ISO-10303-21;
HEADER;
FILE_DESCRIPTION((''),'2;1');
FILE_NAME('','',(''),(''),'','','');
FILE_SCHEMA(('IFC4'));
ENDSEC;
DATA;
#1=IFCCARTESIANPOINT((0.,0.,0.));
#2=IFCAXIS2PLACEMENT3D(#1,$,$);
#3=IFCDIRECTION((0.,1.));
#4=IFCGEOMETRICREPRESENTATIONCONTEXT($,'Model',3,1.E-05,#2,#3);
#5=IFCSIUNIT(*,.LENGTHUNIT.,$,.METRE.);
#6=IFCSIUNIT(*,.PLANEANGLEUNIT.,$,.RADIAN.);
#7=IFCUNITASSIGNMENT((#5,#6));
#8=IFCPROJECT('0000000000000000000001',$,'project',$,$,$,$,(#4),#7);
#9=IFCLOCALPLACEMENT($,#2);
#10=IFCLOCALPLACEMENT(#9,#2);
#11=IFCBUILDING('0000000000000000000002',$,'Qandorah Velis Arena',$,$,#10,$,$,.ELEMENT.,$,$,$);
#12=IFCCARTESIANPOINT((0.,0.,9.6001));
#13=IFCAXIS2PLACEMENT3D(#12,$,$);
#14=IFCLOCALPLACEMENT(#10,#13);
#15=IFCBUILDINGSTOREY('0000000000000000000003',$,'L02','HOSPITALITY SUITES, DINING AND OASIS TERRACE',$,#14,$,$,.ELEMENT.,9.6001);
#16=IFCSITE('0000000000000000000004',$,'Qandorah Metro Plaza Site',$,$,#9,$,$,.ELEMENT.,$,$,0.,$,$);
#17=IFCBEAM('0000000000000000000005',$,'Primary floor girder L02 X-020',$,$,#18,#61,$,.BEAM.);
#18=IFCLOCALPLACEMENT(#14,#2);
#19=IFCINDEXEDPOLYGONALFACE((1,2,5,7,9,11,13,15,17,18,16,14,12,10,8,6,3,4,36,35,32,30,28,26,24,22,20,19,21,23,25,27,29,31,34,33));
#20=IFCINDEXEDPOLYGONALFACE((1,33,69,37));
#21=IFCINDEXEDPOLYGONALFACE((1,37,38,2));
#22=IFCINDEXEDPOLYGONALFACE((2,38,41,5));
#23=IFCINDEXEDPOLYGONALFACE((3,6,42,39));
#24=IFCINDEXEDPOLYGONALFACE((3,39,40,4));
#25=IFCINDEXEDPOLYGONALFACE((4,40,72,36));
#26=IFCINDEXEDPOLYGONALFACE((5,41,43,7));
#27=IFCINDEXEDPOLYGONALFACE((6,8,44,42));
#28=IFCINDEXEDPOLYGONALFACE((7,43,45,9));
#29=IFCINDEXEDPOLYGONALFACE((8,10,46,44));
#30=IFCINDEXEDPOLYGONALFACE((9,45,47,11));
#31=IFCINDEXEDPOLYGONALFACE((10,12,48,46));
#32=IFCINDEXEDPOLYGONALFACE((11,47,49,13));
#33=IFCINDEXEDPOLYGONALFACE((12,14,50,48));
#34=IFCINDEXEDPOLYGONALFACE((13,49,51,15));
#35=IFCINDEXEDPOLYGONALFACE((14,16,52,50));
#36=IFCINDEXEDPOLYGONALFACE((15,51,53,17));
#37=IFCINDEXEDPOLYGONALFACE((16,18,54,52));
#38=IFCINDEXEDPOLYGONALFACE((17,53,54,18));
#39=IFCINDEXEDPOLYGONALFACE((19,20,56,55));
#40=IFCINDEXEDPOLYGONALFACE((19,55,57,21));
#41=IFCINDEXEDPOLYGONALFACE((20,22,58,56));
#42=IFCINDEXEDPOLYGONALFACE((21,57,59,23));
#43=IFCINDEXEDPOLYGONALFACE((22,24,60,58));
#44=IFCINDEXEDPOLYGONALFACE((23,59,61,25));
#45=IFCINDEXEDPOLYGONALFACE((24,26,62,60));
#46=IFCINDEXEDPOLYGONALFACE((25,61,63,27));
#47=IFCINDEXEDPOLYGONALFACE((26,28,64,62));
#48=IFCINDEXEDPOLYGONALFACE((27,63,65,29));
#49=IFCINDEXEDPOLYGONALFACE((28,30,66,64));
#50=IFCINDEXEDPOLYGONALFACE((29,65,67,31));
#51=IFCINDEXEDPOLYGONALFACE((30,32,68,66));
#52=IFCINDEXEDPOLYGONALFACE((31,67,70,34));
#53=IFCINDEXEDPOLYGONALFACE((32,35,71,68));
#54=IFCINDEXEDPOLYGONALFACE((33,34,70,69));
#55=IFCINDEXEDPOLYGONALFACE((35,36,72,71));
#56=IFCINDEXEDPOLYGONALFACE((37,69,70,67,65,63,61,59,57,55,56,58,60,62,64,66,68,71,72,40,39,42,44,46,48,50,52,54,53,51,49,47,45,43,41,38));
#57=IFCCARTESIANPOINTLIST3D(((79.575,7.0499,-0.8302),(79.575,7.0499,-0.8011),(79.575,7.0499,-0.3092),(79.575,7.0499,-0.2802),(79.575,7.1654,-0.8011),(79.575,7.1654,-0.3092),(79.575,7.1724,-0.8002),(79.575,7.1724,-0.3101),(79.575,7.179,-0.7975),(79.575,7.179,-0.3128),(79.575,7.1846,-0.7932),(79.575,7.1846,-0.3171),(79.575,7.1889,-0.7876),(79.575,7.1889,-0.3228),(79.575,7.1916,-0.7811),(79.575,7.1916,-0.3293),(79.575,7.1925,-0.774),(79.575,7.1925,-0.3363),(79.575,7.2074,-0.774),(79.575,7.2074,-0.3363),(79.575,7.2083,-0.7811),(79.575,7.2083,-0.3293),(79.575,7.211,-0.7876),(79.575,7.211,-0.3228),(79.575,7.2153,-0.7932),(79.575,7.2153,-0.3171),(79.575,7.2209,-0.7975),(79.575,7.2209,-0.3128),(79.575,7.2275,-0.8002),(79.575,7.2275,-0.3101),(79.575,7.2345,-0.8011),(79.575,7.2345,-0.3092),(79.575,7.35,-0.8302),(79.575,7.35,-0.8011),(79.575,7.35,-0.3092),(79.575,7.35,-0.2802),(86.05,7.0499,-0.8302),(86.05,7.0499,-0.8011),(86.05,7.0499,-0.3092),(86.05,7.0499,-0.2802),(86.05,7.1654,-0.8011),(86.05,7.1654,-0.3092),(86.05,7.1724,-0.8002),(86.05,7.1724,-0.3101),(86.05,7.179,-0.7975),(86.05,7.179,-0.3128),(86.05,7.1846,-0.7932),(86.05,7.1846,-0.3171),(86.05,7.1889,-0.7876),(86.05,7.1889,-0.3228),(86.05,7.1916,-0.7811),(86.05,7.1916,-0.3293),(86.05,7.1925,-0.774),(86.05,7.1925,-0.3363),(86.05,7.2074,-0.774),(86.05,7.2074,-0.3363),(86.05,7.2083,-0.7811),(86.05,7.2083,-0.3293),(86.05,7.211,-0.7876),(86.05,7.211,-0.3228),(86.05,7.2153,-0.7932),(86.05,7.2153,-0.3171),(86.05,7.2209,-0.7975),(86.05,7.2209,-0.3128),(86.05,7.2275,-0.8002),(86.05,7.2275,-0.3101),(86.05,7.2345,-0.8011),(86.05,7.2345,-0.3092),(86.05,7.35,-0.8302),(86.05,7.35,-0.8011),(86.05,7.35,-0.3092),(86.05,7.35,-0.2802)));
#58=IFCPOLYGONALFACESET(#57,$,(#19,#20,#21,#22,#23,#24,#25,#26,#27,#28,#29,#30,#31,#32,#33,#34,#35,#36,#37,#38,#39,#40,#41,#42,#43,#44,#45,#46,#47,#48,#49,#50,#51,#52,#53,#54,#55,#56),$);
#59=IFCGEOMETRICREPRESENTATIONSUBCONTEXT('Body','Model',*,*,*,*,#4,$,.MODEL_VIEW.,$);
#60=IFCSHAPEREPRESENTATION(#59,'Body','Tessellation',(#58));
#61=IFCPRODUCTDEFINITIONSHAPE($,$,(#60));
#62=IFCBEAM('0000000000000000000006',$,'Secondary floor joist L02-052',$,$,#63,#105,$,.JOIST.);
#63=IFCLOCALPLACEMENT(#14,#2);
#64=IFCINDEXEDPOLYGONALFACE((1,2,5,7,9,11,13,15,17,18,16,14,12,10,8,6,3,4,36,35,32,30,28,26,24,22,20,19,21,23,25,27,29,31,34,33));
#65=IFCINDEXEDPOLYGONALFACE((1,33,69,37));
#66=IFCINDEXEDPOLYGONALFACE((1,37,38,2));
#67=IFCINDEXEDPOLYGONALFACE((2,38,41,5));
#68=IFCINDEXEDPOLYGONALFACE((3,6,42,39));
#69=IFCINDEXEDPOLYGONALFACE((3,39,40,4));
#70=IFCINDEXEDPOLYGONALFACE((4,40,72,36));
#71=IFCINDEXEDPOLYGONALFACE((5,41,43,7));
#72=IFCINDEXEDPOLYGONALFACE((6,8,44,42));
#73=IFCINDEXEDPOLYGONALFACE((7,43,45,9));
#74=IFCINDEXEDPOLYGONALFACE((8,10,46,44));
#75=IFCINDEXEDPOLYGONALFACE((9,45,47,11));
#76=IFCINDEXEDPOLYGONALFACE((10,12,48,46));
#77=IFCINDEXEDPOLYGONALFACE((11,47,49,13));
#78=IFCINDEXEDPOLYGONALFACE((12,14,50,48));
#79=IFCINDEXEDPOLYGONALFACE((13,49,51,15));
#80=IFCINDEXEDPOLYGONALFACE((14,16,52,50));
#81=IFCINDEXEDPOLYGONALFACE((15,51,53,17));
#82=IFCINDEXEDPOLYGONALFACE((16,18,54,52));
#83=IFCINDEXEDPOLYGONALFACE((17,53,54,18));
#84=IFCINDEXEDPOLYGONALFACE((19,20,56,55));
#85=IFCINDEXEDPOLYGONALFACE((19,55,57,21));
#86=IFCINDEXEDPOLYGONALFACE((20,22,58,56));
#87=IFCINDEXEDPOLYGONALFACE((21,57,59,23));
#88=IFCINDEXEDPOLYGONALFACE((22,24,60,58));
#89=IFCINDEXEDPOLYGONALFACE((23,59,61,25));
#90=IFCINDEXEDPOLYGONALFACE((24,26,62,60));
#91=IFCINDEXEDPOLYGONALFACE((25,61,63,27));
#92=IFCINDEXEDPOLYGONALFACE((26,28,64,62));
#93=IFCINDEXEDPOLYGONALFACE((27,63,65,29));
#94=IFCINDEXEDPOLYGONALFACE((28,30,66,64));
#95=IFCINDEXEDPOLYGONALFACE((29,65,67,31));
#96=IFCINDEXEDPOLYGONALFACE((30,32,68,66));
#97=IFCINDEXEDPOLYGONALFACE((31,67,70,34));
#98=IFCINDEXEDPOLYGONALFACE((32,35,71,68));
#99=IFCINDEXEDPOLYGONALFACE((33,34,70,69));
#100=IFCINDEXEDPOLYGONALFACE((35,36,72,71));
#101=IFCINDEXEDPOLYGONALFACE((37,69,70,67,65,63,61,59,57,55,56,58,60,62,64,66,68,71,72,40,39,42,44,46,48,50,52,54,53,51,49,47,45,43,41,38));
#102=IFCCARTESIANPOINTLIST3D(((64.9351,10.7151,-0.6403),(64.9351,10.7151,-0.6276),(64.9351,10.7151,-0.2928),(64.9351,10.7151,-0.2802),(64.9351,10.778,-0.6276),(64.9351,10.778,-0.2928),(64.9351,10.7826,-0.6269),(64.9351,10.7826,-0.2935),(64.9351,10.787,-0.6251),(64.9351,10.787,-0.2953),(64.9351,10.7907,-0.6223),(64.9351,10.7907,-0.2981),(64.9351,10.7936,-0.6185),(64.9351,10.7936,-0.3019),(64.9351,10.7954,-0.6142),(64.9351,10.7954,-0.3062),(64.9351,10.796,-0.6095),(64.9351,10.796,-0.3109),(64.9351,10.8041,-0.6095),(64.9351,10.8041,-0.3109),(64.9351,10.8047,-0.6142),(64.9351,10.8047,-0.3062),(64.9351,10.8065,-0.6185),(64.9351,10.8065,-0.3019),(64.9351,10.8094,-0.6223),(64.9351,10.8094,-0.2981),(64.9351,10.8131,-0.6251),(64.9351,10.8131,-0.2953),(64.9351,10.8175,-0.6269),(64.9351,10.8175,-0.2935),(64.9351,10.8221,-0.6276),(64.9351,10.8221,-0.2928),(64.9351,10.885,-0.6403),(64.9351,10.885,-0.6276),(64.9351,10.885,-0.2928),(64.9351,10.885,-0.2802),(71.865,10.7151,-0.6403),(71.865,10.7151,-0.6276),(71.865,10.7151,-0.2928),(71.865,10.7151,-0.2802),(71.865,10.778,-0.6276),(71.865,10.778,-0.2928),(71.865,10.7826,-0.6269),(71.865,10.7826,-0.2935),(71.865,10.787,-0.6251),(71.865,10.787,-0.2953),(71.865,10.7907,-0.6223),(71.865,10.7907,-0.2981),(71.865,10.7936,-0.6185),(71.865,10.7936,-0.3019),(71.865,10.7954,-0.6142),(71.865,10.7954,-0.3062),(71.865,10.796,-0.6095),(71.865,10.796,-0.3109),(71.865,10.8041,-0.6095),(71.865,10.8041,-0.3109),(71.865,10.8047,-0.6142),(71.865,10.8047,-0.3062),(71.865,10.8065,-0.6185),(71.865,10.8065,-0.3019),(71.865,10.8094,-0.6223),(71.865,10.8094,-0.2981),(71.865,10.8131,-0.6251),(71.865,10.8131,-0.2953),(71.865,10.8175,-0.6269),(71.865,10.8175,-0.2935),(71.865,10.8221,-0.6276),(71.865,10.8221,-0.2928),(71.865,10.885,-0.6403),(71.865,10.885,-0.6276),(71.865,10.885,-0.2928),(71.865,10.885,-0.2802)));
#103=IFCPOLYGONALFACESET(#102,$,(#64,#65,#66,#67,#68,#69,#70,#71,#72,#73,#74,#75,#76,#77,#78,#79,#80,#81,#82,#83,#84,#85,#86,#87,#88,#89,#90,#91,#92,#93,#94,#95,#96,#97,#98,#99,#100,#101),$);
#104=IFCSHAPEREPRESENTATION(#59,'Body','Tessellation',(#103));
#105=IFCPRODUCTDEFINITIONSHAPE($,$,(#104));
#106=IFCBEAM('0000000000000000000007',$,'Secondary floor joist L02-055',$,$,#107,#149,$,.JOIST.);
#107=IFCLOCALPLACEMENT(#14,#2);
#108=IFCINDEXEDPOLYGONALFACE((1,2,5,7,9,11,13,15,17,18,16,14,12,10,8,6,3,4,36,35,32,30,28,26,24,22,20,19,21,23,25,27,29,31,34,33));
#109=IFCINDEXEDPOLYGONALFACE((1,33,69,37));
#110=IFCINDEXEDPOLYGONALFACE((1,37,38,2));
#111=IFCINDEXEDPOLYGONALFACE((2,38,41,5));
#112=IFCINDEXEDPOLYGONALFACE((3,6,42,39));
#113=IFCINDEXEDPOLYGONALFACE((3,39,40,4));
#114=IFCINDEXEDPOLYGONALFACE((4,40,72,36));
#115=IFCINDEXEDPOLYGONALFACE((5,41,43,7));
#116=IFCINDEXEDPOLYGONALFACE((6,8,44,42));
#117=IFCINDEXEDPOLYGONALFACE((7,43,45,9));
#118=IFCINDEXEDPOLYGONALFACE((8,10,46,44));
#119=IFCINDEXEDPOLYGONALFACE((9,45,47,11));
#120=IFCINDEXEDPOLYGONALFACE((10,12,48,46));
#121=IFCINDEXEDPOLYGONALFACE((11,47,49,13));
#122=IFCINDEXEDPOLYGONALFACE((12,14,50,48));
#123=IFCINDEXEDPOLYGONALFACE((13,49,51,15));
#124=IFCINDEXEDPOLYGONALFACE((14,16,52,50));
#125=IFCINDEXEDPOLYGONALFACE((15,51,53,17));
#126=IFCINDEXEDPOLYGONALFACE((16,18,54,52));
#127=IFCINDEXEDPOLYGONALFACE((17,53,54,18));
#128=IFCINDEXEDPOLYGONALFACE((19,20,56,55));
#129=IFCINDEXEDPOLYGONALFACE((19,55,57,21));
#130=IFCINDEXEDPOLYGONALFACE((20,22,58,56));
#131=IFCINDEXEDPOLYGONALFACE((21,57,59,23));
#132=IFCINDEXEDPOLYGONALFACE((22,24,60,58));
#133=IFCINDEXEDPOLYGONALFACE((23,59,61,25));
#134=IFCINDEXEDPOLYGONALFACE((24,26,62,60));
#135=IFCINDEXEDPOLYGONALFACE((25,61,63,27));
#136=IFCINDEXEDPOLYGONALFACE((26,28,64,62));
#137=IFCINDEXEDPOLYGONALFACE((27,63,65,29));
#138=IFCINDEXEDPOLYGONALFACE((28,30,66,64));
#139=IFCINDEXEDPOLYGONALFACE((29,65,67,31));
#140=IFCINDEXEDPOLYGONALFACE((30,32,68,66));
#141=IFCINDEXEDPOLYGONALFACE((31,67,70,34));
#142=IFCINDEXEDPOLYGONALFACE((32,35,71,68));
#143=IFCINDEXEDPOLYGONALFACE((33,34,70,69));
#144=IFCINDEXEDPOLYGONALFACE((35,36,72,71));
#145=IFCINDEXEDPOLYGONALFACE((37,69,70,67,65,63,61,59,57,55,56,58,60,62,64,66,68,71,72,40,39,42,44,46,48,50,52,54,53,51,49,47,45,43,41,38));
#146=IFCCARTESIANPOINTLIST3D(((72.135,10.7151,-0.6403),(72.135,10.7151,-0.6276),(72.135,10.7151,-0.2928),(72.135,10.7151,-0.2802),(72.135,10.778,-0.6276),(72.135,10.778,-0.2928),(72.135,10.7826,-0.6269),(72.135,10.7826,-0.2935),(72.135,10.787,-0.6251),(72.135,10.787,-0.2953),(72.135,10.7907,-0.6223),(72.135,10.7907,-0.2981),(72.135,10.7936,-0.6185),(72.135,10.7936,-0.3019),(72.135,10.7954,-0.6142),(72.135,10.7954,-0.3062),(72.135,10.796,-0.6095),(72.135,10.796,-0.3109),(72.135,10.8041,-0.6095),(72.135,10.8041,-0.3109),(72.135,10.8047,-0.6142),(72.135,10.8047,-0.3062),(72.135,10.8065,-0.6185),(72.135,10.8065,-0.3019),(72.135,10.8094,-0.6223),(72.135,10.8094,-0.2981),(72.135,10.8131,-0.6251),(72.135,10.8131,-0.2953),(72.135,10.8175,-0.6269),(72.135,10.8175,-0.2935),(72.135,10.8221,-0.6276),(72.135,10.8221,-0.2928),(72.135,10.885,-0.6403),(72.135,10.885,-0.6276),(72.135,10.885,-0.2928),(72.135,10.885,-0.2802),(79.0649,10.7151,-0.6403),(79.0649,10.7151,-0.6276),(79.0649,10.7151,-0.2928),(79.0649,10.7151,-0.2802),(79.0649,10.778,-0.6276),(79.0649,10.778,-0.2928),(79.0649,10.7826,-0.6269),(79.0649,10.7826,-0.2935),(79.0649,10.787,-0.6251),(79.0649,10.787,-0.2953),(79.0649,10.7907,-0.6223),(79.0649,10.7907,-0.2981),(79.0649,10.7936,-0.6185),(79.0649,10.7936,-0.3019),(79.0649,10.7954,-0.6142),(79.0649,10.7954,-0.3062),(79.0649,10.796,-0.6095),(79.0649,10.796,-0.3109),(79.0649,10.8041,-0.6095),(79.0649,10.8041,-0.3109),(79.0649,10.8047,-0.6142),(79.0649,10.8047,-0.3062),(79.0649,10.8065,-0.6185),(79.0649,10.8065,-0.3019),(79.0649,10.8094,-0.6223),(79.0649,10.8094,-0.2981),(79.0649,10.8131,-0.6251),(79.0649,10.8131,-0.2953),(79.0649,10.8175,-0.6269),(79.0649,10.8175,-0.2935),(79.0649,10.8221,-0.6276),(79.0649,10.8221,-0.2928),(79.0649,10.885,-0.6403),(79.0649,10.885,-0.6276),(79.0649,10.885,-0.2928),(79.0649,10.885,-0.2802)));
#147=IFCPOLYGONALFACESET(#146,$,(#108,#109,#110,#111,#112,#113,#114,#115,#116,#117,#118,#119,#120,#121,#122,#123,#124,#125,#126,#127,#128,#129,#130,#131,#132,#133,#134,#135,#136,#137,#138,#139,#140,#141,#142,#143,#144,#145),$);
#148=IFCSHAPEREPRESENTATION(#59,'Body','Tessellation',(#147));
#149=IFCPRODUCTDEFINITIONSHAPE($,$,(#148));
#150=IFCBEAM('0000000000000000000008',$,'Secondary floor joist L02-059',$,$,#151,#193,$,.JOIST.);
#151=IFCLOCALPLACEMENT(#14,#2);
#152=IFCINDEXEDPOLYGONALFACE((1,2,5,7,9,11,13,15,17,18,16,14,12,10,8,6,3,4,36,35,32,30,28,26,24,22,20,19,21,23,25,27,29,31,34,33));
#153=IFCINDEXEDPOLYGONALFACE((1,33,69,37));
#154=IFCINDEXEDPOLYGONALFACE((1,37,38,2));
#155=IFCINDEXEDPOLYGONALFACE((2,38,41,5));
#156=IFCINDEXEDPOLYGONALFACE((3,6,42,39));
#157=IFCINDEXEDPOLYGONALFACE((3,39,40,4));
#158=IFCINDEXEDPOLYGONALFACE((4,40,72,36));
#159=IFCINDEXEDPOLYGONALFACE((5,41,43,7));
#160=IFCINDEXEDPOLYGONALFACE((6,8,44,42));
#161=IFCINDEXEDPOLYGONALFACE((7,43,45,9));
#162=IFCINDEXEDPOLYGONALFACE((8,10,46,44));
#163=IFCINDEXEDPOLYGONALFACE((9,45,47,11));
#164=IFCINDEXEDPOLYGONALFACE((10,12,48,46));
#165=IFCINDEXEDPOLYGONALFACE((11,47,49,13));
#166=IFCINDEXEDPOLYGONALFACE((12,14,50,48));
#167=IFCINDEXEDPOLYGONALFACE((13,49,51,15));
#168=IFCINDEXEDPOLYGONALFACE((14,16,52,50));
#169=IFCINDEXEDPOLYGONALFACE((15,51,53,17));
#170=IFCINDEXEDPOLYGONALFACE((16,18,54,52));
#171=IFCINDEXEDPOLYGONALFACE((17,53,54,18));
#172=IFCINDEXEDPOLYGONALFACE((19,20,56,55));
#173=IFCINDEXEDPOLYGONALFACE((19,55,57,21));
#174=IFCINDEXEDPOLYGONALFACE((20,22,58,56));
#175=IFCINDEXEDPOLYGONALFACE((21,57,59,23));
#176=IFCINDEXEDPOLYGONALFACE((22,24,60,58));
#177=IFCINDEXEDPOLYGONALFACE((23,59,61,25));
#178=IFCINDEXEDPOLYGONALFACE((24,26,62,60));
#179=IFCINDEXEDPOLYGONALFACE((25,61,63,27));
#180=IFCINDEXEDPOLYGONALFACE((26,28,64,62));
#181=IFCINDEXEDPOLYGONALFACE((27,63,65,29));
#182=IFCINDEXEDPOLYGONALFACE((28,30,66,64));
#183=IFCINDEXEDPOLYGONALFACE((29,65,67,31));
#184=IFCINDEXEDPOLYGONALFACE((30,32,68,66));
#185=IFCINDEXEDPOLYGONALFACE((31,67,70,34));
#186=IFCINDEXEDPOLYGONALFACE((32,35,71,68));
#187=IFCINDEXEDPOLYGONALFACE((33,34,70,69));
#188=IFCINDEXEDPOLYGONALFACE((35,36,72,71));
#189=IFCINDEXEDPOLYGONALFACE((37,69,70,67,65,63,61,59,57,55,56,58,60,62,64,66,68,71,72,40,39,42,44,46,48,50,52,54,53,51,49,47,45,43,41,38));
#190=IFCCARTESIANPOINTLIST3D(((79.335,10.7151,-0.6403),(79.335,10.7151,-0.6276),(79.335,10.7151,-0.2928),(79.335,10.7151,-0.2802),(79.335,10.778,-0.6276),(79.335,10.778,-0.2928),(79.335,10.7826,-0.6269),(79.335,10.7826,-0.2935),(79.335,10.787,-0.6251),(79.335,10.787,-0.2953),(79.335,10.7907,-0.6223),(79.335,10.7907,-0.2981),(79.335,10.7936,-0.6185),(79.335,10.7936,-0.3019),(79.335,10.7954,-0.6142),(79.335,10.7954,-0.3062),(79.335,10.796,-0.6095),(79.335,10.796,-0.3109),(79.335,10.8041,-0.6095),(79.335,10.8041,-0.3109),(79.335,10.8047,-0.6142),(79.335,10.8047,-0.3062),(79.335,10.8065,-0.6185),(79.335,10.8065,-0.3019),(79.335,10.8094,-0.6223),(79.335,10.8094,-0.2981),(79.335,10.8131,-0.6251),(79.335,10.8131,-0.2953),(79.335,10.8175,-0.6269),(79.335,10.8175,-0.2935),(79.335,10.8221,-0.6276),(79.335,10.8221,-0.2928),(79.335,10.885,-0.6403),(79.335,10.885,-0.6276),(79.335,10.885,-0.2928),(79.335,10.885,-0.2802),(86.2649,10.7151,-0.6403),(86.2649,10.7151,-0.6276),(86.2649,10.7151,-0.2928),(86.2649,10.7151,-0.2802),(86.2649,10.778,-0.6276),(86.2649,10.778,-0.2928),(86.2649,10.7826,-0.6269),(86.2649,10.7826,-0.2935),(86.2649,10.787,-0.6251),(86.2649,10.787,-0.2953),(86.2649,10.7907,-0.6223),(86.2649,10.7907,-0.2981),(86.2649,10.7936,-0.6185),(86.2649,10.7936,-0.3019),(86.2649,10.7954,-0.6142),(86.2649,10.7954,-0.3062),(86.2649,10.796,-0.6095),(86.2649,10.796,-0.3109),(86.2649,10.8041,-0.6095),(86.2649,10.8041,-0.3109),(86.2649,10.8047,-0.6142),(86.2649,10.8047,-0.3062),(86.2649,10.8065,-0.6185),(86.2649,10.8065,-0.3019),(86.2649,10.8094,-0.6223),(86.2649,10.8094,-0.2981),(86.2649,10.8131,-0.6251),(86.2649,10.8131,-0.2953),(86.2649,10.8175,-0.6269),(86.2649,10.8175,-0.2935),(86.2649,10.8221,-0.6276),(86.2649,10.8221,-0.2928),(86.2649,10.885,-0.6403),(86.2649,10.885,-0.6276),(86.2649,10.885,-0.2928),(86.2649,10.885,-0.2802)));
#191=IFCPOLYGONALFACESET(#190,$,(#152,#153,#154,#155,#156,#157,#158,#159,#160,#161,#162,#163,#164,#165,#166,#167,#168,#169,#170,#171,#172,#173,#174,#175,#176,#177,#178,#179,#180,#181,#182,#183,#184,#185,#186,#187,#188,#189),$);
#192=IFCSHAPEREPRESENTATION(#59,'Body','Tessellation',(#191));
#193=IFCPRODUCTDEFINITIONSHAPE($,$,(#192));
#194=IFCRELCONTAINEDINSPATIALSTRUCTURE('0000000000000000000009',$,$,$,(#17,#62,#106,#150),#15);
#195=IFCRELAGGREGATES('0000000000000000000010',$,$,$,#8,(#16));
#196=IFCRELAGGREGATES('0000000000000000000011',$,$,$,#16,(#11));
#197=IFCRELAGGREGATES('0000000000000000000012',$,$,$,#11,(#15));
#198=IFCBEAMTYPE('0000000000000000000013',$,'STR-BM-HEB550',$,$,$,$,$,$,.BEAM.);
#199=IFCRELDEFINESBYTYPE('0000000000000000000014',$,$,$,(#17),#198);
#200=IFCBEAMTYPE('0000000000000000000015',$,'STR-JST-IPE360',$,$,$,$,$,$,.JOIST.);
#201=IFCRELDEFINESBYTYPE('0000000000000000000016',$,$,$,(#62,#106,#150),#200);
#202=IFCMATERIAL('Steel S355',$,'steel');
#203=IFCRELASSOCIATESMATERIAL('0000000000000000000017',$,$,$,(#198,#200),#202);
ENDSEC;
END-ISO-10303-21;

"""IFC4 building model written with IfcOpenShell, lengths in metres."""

from ifc_helpers import new_model, si_unit, direction, frame, origin, origin_2d, place, context, subcontext, project, spatial, i_section, extrude, material, material_profile, profile_set, type_object, element, save


model = new_model("IFC4")

# Units and contexts
model_context = context("Model", 3, precision=1e-05, world=origin(), true_north=direction((0.0, 1.0)))
body_context = subcontext(model_context, "Body", "Model", "MODEL_VIEW")
ifc_project = project(units=[si_unit("LENGTHUNIT", "METRE"), si_unit("PLANEANGLEUNIT", "RADIAN")], contexts=[model_context])

# Site, building, storey
site_placement = place(None, origin())
site = spatial("IfcSite", under=ifc_project, at=site_placement, Name="Qandorah Metro Plaza Site", CompositionType="ELEMENT", RefElevation=0.0)
building_placement = place(site_placement, origin())
building = spatial("IfcBuilding", under=site, at=building_placement, Name="Qandorah Velis Arena", CompositionType="ELEMENT")
storey_placement = place(building_placement, frame((0.0, 0.0, 9.6001)))
storey = spatial("IfcBuildingStorey", under=building, at=storey_placement, Name="L02", Description="HOSPITALITY SUITES, DINING AND OASIS TERRACE", CompositionType="ELEMENT", Elevation=9.6001)

# Beams
ifc_material_1 = material(Name="Steel S355", Category="steel")
ifc_material_profile_1 = material_profile(ifc_material_1, i_section(OverallWidth=0.3, OverallDepth=0.55, WebThickness=0.0149, FlangeThickness=0.0291, FilletRadius=0.0271, at=origin_2d()), Name="HEB 550")
ifc_profile_set_1 = profile_set([ifc_material_profile_1], Name="Steel S355")
beam_type_1 = type_object("IfcBeamType", Name="STR-BM-HEB550", PredefinedType="BEAM", material=ifc_profile_set_1)
beam_1_placement = place(storey_placement, frame((79.575, 7.2, -0.5552), z_axis=(1.0, 0.0, 0.0), x_axis=(0.0, 1.0, 0.0)))
element("IfcBeam", 1, at=beam_1_placement, inside=storey, type_object=beam_type_1, Name="Primary floor girder L02 X-020", PredefinedType="BEAM", context=body_context, shape_type="SweptSolid", body=[
    extrude(i_section(OverallWidth=0.3, OverallDepth=0.55, WebThickness=0.0149, FlangeThickness=0.0291, FilletRadius=0.0271, at=origin_2d()), origin(), (0.0, 0.0, 1.0), 6.4751),
])
ifc_material_profile_2 = material_profile(ifc_material_1, i_section(OverallWidth=0.1699, OverallDepth=0.3601, WebThickness=0.0081, FlangeThickness=0.0127, FilletRadius=0.0181, at=origin_2d()), Name="IPE 360")
ifc_profile_set_2 = profile_set([ifc_material_profile_2], Name="Steel S355")
beam_type_2 = type_object("IfcBeamType", Name="STR-JST-IPE360", PredefinedType="JOIST", material=ifc_profile_set_2)
for number, where, z_axis, x_axis, name in (
    (2, (64.9351, 10.8, -0.4602), (1.0, 0.0, 0.0), (0.0, 1.0, 0.0), "Secondary floor joist L02-052"),
    (3, (72.135, 10.8, -0.4602), (1.0, 0.0, 0.0), (0.0, 1.0, 0.0), "Secondary floor joist L02-055"),
    (4, (79.335, 10.8, -0.4602), (1.0, 0.0, 0.0), (0.0, 1.0, 0.0), "Secondary floor joist L02-059"),
):
    element("IfcBeam", number, at=place(storey_placement, frame(where, z_axis=z_axis, x_axis=x_axis)), inside=storey, type_object=beam_type_2, Name=name, PredefinedType="JOIST", context=body_context, shape_type="SweptSolid", body=[
        extrude(i_section(OverallWidth=0.1699, OverallDepth=0.3601, WebThickness=0.0081, FlangeThickness=0.0127, FilletRadius=0.0181, at=origin_2d()), origin(), (0.0, 0.0, 1.0), 6.9299),
    ])

save(model, "model.ifc")
